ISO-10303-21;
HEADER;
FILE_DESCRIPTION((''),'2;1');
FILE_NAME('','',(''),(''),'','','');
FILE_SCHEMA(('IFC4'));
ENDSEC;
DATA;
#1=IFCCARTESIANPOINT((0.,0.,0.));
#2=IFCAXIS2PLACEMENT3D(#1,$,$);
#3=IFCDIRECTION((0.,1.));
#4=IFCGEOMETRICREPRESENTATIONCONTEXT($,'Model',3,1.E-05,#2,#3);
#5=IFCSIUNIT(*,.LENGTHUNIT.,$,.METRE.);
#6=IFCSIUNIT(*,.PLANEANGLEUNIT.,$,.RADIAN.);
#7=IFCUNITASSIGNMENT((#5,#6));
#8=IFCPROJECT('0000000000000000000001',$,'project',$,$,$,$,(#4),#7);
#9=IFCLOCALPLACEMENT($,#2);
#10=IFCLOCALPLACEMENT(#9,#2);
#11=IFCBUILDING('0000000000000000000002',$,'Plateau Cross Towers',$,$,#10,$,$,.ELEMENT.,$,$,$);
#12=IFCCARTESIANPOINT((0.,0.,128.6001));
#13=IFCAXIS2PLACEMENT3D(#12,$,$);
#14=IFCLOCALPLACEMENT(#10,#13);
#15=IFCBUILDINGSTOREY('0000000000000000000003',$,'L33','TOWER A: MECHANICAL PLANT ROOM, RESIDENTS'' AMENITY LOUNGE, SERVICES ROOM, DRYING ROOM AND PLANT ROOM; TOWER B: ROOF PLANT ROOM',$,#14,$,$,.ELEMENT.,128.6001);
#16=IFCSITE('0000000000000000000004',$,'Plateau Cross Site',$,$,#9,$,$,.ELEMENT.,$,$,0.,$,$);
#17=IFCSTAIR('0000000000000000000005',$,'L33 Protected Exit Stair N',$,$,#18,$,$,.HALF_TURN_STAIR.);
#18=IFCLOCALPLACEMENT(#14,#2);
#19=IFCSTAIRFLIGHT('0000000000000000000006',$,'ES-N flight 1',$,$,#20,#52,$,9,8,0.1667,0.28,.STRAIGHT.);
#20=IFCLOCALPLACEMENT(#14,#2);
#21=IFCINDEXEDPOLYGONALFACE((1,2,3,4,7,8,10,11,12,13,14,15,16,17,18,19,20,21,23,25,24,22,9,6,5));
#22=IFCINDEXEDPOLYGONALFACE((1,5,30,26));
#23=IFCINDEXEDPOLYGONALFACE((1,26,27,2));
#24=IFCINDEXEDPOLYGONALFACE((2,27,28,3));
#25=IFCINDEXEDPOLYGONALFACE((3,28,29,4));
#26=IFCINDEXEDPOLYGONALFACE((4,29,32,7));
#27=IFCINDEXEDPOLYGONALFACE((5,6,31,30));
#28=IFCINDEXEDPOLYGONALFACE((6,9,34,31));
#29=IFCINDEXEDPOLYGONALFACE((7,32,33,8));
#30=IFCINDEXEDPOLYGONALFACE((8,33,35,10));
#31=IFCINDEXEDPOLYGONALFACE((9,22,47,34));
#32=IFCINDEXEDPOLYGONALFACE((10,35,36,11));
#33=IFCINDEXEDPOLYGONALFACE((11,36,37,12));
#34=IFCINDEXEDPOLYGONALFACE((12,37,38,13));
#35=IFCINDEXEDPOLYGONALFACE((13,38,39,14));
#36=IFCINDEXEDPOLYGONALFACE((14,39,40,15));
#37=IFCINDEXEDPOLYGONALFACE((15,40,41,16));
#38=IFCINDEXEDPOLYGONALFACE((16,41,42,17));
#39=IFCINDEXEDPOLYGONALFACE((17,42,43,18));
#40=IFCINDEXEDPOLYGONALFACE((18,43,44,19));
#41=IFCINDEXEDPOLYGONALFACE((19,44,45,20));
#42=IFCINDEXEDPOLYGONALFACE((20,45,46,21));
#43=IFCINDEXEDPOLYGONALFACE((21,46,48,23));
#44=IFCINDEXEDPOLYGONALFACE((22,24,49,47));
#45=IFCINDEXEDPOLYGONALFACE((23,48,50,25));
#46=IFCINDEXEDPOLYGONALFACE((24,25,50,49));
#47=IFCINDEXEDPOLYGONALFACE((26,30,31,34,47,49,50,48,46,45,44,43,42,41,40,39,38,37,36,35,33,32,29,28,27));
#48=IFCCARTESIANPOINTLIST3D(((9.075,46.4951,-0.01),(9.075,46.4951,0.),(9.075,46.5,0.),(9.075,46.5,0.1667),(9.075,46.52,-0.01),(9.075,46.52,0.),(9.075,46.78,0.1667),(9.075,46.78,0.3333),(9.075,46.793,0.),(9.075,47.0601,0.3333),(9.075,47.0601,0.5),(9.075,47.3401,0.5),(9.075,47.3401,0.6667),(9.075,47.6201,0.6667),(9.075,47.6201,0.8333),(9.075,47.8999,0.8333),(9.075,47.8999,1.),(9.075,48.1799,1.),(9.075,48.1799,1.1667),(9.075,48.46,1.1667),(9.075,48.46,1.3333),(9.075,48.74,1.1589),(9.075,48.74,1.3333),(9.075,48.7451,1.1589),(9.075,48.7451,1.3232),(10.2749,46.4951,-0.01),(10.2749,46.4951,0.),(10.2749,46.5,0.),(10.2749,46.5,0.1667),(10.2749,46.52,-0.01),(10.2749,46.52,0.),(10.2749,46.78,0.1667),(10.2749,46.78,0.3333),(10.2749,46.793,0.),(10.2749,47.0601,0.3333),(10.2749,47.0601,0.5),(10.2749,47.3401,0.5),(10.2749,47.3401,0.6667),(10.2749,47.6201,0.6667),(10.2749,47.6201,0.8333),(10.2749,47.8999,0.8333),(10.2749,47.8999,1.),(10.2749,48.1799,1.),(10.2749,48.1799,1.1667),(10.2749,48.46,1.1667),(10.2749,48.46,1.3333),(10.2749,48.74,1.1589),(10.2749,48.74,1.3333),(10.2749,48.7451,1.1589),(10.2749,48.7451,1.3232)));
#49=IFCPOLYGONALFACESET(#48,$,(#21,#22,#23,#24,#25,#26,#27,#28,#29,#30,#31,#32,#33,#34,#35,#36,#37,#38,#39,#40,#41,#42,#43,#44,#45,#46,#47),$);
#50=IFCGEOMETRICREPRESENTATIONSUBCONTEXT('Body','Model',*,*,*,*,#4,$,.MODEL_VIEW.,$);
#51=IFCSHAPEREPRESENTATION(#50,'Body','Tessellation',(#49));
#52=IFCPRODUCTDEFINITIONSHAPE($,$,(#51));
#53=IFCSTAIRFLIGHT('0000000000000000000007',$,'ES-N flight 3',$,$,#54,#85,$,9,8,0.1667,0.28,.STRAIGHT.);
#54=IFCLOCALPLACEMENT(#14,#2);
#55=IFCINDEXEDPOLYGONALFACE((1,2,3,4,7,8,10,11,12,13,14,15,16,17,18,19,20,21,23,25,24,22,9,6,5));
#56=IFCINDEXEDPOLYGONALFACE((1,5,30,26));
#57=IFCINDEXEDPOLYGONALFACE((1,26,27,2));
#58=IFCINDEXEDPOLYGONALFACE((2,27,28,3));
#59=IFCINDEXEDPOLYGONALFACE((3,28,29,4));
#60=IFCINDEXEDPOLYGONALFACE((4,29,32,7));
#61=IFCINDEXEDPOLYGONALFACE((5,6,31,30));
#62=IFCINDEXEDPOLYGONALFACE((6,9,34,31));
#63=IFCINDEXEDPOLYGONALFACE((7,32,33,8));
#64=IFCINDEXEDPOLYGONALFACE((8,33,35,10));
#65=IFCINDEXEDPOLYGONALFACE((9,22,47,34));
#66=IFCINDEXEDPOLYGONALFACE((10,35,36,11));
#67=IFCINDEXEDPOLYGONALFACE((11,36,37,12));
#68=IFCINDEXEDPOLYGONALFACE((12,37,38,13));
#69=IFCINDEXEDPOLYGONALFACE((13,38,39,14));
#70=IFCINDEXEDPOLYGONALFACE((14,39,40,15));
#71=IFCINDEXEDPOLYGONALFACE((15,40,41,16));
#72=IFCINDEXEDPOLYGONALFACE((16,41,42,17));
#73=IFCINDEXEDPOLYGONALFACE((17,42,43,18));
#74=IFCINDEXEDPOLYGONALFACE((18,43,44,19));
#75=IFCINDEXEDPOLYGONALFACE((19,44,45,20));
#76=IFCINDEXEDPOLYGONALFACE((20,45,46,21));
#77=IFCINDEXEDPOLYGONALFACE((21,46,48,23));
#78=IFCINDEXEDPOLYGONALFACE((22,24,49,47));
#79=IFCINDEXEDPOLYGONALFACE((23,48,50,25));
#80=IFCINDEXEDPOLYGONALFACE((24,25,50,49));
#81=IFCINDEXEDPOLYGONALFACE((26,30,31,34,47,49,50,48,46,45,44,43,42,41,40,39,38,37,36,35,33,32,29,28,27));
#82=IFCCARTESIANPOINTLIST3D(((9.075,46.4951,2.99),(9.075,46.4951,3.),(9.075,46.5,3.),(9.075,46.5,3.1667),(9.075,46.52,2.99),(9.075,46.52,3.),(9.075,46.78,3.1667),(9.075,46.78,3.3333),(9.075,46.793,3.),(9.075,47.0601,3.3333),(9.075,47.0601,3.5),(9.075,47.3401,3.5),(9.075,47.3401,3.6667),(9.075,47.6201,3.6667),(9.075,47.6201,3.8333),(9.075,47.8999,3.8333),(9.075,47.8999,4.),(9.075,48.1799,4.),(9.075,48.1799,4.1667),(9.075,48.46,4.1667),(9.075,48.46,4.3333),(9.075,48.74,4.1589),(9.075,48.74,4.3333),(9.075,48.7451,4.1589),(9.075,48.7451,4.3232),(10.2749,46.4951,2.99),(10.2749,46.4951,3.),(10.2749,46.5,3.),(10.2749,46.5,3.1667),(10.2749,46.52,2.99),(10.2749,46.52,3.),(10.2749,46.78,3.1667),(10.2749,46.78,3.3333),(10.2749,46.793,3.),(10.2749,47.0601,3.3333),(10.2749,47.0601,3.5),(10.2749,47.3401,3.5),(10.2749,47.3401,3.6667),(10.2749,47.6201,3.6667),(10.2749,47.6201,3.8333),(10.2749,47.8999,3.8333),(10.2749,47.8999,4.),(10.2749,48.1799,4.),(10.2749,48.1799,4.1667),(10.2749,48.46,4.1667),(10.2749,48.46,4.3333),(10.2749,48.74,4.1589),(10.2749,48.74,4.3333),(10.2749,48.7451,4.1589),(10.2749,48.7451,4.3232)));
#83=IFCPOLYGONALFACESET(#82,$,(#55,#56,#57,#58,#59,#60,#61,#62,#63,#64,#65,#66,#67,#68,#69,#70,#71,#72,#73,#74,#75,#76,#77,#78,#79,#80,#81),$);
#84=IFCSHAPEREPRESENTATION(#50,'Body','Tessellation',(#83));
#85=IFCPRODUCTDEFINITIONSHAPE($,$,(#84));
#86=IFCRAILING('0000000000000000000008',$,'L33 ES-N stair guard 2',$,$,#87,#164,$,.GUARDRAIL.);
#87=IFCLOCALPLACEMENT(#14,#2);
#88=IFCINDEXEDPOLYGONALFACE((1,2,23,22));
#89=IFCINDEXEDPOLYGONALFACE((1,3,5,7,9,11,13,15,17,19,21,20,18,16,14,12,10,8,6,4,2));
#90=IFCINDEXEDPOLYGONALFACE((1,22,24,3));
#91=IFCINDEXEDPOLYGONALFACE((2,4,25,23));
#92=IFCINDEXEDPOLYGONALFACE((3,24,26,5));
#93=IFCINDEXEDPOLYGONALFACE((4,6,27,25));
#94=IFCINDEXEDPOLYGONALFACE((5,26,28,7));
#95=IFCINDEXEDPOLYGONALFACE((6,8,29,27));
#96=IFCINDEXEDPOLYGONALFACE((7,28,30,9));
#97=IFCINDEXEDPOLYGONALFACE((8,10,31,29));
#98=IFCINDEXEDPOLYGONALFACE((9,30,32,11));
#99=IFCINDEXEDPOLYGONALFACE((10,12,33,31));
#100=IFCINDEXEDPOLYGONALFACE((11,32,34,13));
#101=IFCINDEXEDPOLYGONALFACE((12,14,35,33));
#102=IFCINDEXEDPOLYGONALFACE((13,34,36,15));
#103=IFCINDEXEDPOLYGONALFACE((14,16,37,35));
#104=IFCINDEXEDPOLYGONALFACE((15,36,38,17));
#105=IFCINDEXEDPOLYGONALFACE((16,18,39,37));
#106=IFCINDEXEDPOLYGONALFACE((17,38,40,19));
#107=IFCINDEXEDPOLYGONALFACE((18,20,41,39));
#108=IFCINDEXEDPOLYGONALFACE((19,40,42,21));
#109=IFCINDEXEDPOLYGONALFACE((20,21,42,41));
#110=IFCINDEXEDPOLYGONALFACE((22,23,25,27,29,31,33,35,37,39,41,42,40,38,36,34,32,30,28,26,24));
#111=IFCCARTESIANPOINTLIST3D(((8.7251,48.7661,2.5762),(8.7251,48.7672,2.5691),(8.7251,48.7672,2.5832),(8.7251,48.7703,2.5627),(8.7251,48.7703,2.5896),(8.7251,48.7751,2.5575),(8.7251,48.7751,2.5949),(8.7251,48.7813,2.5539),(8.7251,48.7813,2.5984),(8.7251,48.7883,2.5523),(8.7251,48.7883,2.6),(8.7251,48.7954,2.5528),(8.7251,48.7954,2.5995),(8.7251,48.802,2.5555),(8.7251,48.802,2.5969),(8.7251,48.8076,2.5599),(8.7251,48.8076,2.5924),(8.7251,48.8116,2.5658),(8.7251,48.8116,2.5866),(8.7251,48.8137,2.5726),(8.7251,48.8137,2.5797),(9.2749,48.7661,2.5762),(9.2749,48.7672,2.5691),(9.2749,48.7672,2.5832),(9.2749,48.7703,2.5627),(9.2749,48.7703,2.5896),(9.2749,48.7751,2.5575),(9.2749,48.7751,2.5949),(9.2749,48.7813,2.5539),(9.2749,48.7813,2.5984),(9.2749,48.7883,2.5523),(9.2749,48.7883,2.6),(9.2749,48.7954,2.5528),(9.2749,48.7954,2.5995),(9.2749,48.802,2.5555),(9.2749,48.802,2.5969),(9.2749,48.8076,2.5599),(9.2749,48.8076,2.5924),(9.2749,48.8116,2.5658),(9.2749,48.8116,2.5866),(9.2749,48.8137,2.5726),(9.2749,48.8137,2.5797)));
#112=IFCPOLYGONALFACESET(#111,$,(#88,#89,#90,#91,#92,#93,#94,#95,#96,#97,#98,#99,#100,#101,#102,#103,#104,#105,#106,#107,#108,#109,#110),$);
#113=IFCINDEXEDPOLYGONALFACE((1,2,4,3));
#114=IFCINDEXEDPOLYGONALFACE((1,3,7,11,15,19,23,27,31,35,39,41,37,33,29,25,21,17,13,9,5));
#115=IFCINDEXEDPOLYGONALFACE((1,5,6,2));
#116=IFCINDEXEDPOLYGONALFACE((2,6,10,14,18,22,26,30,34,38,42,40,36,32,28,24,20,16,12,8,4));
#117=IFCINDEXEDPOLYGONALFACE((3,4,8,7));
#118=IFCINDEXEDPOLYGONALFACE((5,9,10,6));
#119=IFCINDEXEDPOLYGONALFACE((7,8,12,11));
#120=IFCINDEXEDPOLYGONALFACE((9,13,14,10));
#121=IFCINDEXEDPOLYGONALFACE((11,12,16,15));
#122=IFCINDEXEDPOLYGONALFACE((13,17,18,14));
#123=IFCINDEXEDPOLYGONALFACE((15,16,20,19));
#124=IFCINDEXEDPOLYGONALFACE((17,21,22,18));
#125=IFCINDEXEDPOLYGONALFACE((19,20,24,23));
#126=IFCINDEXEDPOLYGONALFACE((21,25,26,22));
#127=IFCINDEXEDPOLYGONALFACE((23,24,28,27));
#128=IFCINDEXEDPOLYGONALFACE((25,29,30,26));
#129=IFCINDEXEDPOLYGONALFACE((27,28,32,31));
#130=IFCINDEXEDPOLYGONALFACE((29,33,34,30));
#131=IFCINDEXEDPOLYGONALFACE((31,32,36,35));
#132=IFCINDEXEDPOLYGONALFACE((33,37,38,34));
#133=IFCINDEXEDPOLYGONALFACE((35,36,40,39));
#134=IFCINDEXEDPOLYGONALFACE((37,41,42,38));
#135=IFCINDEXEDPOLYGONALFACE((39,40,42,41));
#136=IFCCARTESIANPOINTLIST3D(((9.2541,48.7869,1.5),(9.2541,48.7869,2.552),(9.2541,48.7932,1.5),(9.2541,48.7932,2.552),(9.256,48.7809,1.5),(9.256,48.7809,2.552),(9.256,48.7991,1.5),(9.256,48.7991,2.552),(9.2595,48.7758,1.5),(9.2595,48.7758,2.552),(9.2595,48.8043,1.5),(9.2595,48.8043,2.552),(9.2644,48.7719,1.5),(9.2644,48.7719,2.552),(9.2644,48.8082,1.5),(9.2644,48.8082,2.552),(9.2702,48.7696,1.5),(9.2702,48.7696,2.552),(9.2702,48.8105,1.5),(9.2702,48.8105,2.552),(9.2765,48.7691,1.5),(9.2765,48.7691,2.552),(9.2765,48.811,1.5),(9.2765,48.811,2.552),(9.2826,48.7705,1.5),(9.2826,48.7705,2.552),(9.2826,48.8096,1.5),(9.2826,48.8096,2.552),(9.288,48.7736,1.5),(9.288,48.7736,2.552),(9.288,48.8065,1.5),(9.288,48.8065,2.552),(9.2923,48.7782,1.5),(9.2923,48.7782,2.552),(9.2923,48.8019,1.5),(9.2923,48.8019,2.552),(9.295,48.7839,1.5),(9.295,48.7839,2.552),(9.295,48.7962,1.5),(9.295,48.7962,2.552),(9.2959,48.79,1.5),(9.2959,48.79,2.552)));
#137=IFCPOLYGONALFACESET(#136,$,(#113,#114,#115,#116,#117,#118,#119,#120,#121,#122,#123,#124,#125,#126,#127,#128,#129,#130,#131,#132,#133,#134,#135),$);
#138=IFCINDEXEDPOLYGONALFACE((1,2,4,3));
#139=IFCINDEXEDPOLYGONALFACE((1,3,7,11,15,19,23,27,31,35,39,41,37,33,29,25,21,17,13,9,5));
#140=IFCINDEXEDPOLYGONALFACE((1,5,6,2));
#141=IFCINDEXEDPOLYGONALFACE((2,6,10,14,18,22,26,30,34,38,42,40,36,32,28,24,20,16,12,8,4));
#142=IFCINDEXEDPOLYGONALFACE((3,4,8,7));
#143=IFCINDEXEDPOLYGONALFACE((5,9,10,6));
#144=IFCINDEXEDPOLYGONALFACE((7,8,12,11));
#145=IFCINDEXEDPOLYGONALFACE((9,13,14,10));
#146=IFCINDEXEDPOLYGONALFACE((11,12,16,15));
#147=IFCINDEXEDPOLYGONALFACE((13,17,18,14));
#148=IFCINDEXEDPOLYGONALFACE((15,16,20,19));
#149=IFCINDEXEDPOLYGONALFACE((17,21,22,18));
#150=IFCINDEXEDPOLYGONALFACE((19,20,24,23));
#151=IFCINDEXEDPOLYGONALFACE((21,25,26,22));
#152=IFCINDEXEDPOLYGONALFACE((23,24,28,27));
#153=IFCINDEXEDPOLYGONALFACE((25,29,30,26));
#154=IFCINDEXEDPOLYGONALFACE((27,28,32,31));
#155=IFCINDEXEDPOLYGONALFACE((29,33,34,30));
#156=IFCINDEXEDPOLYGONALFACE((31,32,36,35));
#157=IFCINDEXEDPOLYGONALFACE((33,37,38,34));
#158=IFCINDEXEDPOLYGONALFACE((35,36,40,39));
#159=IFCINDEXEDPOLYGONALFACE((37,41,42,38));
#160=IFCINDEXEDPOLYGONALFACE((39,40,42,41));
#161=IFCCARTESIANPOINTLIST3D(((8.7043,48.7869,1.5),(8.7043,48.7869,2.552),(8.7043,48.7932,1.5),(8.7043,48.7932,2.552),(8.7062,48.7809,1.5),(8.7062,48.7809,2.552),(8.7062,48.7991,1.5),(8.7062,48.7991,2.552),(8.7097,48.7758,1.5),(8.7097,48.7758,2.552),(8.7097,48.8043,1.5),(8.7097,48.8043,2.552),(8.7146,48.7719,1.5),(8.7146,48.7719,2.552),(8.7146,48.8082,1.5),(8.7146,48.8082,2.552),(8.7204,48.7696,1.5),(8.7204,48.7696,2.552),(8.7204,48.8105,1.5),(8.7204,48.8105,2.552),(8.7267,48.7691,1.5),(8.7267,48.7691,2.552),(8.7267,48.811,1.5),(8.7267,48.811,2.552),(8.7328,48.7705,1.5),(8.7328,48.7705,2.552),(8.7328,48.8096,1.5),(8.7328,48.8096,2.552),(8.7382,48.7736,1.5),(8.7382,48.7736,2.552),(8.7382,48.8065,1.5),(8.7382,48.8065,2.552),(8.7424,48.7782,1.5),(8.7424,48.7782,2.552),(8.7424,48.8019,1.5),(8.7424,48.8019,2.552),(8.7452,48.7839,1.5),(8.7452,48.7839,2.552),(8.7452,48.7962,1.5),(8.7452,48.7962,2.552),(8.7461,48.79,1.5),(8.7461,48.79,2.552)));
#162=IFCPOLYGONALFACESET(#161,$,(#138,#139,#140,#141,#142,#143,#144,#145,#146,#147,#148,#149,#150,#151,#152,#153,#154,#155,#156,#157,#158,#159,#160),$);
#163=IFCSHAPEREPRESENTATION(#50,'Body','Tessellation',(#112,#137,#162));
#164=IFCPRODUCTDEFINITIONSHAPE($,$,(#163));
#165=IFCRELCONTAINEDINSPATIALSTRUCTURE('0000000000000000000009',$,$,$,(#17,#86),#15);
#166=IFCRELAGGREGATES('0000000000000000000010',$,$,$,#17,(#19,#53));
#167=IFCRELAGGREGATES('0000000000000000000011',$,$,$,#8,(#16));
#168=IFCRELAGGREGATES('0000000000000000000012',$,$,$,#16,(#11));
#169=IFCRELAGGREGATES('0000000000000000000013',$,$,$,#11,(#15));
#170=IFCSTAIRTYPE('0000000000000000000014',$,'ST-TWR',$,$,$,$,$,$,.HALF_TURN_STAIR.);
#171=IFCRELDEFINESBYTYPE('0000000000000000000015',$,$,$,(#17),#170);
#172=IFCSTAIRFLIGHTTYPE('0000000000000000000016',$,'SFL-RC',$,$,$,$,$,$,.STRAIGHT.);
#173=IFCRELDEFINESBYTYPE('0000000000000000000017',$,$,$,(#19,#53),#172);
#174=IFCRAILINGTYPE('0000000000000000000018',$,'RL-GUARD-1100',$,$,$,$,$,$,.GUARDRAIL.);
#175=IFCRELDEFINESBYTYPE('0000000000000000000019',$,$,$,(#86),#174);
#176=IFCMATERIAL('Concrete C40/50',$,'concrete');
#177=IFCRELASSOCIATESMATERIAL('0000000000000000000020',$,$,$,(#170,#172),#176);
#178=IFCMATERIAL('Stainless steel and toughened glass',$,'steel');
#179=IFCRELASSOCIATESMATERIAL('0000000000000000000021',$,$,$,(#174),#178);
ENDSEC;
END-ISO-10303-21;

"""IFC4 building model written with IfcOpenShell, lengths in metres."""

from ifc_helpers import new_model, si_unit, direction, frame, origin, origin_2d, place, context, subcontext, project, spatial, polyline, circle, outline, extrude, material, type_object, element, aggregate, save


model = new_model("IFC4")

# Units and contexts
model_context = context("Model", 3, precision=1e-05, world=origin(), true_north=direction((0.0, 1.0)))
body_context = subcontext(model_context, "Body", "Model", "MODEL_VIEW")
ifc_project = project(units=[si_unit("LENGTHUNIT", "METRE"), si_unit("PLANEANGLEUNIT", "RADIAN")], contexts=[model_context])

# Site, building, storey
site_placement = place(None, origin())
site = spatial("IfcSite", under=ifc_project, at=site_placement, Name="Plateau Cross Site", CompositionType="ELEMENT", RefElevation=0.0)
building_placement = place(site_placement, origin())
building = spatial("IfcBuilding", under=site, at=building_placement, Name="Plateau Cross Towers", CompositionType="ELEMENT")
storey_placement = place(building_placement, frame((0.0, 0.0, 128.6001)))
storey = spatial("IfcBuildingStorey", under=building, at=storey_placement, Name="L33", Description="TOWER A: MECHANICAL PLANT ROOM, RESIDENTS' AMENITY LOUNGE, SERVICES ROOM, DRYING ROOM AND PLANT ROOM; TOWER B: ROOF PLANT ROOM", CompositionType="ELEMENT", Elevation=128.6001)

# Stair, stair flights
ifc_material_1 = material(Name="Concrete C40/50", Category="concrete")
stair_type = type_object("IfcStairType", Name="ST-TWR", PredefinedType="HALF_TURN_STAIR", material=ifc_material_1)
stair_placement = place(storey_placement, origin())
stair = element("IfcStair", 1, at=stair_placement, inside=storey, type_object=stair_type, Name="L33 Protected Exit Stair N", PredefinedType="HALF_TURN_STAIR")
stair_flight_type = type_object("IfcStairFlightType", Name="SFL-RC", PredefinedType="STRAIGHT", material=ifc_material_1)
stair_flight_1_placement = place(storey_placement, frame((9.675, 46.5, 0.0), z_axis=(0.0, 0.0, 1.0), x_axis=(0.0, 1.0, 0.0)))
stair_flight_1 = element("IfcStairFlight", 2, at=stair_flight_1_placement, type_object=stair_flight_type, Name="ES-N flight 1", NumberOfRisers=9, NumberOfTreads=8, PredefinedType="STRAIGHT", RiserHeight=0.1667, TreadLength=0.28, context=body_context, shape_type="SweptSolid", body=[
    extrude(outline(polyline([(-0.0049, -0.01), (-0.0049, 0.0), (0.0, 0.0), (0.0, 0.1667), (0.28, 0.1667), (0.28, 0.3333), (0.5601, 0.3333), (0.5601, 0.5), (0.8401, 0.5), (0.8401, 0.6667), (1.1201, 0.6667), (1.1201, 0.8333), (1.3999, 0.8333), (1.3999, 1.0), (1.6799, 1.0), (1.6799, 1.1667), (1.96, 1.1667), (1.96, 1.3333), (2.24, 1.3333), (2.2451, 1.3232), (2.2451, 1.1589), (2.24, 1.1589), (0.293, 0.0), (0.02, 0.0), (0.02, -0.01), (-0.0049, -0.01)])), frame((0.0, 0.6001, 0.0), z_axis=(0.0, -1.0, 0.0), x_axis=(1.0, 0.0, 0.0)), (0.0, 0.0, 1.0), 1.2),
])
stair_flight_2_placement = place(storey_placement, frame((9.675, 46.5, 3.0), z_axis=(0.0, 0.0, 1.0), x_axis=(0.0, 1.0, 0.0)))
stair_flight_2 = element("IfcStairFlight", 3, at=stair_flight_2_placement, type_object=stair_flight_type, Name="ES-N flight 3", NumberOfRisers=9, NumberOfTreads=8, PredefinedType="STRAIGHT", RiserHeight=0.1667, TreadLength=0.28, context=body_context, shape_type="SweptSolid", body=[
    extrude(outline(polyline([(-0.0049, -0.01), (-0.0049, 0.0), (0.0, 0.0), (0.0, 0.1667), (0.28, 0.1667), (0.28, 0.3333), (0.5601, 0.3333), (0.5601, 0.5), (0.8401, 0.5), (0.8401, 0.6667), (1.1201, 0.6667), (1.1201, 0.8333), (1.3999, 0.8333), (1.3999, 1.0), (1.6799, 1.0), (1.6799, 1.1667), (1.96, 1.1667), (1.96, 1.3333), (2.24, 1.3333), (2.2451, 1.3232), (2.2451, 1.1589), (2.24, 1.1589), (0.293, 0.0), (0.02, 0.0), (0.02, -0.01), (-0.0049, -0.01)])), frame((0.0, 0.6001, 0.0), z_axis=(0.0, -1.0, 0.0), x_axis=(1.0, 0.0, 0.0)), (0.0, 0.0, 1.0), 1.2),
])
aggregate(stair, [stair_flight_1, stair_flight_2])

# Railing
ifc_material_2 = material(Name="Stainless steel and toughened glass", Category="steel")
railing_type_1 = type_object("IfcRailingType", Name="RL-GUARD-1100", PredefinedType="GUARDRAIL", material=ifc_material_2)
for number, where, name in (
    (4, (9.2749, 48.79, 1.5), "L33 ES-N stair guard 2"),
):
    element("IfcRailing", number, at=place(storey_placement, frame(where)), inside=storey, type_object=railing_type_1, Name=name, PredefinedType="GUARDRAIL", context=body_context, shape_type="SweptSolid", body=[
        extrude(circle(Radius=0.0239, at=origin_2d()), frame((0.0, 0.0, 1.0762), z_axis=(-1.0, 0.0, 0.0), x_axis=(0.0, -1.0, 0.0)), (0.0, 0.0, 1.0), 0.5498),
        extrude(circle(Radius=0.021, at=origin_2d()), origin(), (0.0, 0.0, 1.0), 1.052),
        extrude(circle(Radius=0.021, at=origin_2d()), frame((-0.5498, 0.0, 0.0)), (0.0, 0.0, 1.0), 1.052),
    ])

save(model, "model.ifc")
